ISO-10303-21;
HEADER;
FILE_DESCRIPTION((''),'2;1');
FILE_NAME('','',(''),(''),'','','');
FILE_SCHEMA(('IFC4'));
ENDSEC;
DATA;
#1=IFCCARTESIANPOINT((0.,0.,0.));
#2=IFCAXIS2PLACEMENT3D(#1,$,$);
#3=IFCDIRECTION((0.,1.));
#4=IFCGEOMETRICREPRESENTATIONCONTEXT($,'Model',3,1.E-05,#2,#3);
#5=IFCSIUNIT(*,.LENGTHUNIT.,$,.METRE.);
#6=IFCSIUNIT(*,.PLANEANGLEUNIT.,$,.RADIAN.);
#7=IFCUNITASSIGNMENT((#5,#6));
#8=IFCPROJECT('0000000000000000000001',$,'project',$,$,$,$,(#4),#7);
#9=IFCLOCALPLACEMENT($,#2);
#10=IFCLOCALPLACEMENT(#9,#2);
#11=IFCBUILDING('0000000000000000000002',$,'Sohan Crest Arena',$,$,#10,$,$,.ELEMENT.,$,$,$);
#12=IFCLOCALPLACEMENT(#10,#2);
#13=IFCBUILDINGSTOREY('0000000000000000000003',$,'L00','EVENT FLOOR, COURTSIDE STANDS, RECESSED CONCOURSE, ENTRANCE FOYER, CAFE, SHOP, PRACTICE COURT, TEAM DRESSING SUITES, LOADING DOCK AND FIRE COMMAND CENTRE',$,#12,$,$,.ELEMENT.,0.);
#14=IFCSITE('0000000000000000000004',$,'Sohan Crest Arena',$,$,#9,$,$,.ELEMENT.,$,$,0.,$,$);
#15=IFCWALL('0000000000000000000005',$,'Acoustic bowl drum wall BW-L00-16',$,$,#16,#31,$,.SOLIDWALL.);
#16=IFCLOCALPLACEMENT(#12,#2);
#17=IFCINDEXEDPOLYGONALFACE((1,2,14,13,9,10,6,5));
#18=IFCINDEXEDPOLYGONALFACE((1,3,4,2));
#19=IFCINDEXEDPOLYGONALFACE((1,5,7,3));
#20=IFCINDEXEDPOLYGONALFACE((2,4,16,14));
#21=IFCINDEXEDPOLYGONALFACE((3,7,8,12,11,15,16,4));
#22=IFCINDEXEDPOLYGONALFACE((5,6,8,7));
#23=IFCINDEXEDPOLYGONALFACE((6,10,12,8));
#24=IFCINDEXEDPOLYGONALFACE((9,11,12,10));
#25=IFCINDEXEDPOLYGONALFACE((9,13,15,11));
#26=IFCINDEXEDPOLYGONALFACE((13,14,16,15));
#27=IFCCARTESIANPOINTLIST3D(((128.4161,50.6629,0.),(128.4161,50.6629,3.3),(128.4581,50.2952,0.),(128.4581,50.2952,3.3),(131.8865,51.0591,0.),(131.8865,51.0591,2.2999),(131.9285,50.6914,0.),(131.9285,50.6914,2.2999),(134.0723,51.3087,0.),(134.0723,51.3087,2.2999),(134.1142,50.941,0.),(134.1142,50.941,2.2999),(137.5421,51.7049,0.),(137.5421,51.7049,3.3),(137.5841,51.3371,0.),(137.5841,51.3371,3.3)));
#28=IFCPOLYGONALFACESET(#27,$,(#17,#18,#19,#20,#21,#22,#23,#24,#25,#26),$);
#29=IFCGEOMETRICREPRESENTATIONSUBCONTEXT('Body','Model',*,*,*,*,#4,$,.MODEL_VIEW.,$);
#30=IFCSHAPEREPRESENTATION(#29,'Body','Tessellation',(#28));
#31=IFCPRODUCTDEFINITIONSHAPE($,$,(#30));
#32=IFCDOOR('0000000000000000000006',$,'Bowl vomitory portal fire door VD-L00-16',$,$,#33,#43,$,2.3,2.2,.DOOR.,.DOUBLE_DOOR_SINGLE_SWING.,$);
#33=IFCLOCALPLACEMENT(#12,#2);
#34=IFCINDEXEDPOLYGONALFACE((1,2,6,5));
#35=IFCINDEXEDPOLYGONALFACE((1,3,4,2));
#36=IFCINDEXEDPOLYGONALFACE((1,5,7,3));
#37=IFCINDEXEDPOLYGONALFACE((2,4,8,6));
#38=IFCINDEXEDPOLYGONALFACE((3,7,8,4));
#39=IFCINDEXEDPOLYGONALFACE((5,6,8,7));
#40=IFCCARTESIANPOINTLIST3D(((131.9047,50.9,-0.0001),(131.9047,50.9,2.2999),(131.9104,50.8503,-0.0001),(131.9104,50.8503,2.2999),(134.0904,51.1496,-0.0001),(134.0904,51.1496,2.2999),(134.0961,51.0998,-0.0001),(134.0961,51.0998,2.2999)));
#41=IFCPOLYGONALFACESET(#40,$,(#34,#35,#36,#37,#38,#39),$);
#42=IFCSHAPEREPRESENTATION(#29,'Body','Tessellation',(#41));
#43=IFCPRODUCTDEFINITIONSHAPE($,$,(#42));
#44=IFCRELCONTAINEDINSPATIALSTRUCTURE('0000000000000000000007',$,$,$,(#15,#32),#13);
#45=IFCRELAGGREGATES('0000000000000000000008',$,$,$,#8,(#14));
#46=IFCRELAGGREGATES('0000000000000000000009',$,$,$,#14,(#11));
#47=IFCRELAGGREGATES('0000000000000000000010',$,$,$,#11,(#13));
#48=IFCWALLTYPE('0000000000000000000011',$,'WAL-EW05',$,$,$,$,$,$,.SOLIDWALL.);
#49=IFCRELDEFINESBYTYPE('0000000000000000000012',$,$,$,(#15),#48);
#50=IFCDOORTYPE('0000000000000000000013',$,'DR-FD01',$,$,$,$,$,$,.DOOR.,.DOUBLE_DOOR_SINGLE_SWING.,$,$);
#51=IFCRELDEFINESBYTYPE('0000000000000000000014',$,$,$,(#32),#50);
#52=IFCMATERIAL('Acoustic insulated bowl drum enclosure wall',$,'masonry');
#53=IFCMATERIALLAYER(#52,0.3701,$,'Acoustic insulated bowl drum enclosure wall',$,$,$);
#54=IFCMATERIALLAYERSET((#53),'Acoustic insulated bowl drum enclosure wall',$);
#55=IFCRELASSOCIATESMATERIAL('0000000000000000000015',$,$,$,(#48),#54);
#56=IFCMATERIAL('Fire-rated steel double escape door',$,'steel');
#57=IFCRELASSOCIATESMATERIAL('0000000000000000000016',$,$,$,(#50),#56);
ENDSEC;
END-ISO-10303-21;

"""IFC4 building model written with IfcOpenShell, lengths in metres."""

from ifc_helpers import new_model, si_unit, direction, frame, frame_2d, origin, place, context, subcontext, project, spatial, rectangle, extrude, material, layer, layer_set, type_object, element, fill, save


model = new_model("IFC4")

# Units and contexts
model_context = context("Model", 3, precision=1e-05, world=origin(), true_north=direction((0.0, 1.0)))
body_context = subcontext(model_context, "Body", "Model", "MODEL_VIEW")
ifc_project = project(units=[si_unit("LENGTHUNIT", "METRE"), si_unit("PLANEANGLEUNIT", "RADIAN")], contexts=[model_context])

# Site, building, storey
site_placement = place(None, origin())
site = spatial("IfcSite", under=ifc_project, at=site_placement, Name="Sohan Crest Arena", CompositionType="ELEMENT", RefElevation=0.0)
building_placement = place(site_placement, origin())
building = spatial("IfcBuilding", under=site, at=building_placement, Name="Sohan Crest Arena", CompositionType="ELEMENT")
storey_placement = place(building_placement, origin())
storey = spatial("IfcBuildingStorey", under=building, at=storey_placement, Name="L00", Description="EVENT FLOOR, COURTSIDE STANDS, RECESSED CONCOURSE, ENTRANCE FOYER, CAFE, SHOP, PRACTICE COURT, TEAM DRESSING SUITES, LOADING DOCK AND FIRE COMMAND CENTRE", CompositionType="ELEMENT", Elevation=0.0)

# Shared definitions
ifc_material_1 = material(Name="Acoustic insulated bowl drum enclosure wall", Category="masonry")
ifc_layer = layer(ifc_material_1, 0.3701, Name="Acoustic insulated bowl drum enclosure wall")
ifc_layer_set = layer_set([ifc_layer], Name="Acoustic insulated bowl drum enclosure wall")
wall_type = type_object("IfcWallType", Name="WAL-EW05", PredefinedType="SOLIDWALL", material=ifc_layer_set)

# Wall, opening, door
wall_1_placement = place(storey_placement, frame((128.437, 50.479, 0.0), z_axis=(0.0, 0.0, 1.0), x_axis=(0.993545, 0.113442, 0.0)))
wall_1 = element("IfcWall", 1, at=wall_1_placement, inside=storey, type_object=wall_type, Name="Acoustic bowl drum wall BW-L00-16", PredefinedType="SOLIDWALL", context=body_context, shape_type="SweptSolid", body=[
    extrude(rectangle(XDim=9.1853, YDim=0.3701, at=frame_2d((4.5928, 0.0))), origin(), (0.0, 0.0, 1.0), 3.3),
])
opening_placement = place(wall_1_placement, frame((3.4929, 0.0, 0.0)))
opening = element("IfcOpeningElement", 2, at=opening_placement, cuts=wall_1, PredefinedType="OPENING", context=body_context, shape_type="SweptSolid", body=[
    extrude(rectangle(XDim=2.2, YDim=2.3, at=frame_2d((1.1001, 1.1499))), frame((0.0, 0.1951, 0.0), z_axis=(0.0, -1.0, 0.0), x_axis=(1.0, 0.0, 0.0)), (0.0, 0.0, 1.0), 0.3901),
])
ifc_material_2 = material(Name="Fire-rated steel double escape door", Category="steel")
door_type = type_object("IfcDoorType", Name="DR-FD01", OperationType="DOUBLE_DOOR_SINGLE_SWING", PredefinedType="DOOR", material=ifc_material_2)
door_placement = place(opening_placement, origin())
door = element("IfcDoor", 3, at=door_placement, inside=storey, type_object=door_type, Name="Bowl vomitory portal fire door VD-L00-16", OperationType="DOUBLE_DOOR_SINGLE_SWING", OverallHeight=2.3, OverallWidth=2.2, PredefinedType="DOOR", context=body_context, shape_type="SweptSolid", body=[
    extrude(rectangle(XDim=2.2, YDim=2.3, at=frame_2d((1.1001, 1.1499))), frame((0.0, 0.0249, 0.0), z_axis=(0.0, -1.0, 0.0), x_axis=(1.0, 0.0, 0.0)), (0.0, 0.0, 1.0), 0.05),
])
fill(opening, door)

save(model, "model.ifc")
